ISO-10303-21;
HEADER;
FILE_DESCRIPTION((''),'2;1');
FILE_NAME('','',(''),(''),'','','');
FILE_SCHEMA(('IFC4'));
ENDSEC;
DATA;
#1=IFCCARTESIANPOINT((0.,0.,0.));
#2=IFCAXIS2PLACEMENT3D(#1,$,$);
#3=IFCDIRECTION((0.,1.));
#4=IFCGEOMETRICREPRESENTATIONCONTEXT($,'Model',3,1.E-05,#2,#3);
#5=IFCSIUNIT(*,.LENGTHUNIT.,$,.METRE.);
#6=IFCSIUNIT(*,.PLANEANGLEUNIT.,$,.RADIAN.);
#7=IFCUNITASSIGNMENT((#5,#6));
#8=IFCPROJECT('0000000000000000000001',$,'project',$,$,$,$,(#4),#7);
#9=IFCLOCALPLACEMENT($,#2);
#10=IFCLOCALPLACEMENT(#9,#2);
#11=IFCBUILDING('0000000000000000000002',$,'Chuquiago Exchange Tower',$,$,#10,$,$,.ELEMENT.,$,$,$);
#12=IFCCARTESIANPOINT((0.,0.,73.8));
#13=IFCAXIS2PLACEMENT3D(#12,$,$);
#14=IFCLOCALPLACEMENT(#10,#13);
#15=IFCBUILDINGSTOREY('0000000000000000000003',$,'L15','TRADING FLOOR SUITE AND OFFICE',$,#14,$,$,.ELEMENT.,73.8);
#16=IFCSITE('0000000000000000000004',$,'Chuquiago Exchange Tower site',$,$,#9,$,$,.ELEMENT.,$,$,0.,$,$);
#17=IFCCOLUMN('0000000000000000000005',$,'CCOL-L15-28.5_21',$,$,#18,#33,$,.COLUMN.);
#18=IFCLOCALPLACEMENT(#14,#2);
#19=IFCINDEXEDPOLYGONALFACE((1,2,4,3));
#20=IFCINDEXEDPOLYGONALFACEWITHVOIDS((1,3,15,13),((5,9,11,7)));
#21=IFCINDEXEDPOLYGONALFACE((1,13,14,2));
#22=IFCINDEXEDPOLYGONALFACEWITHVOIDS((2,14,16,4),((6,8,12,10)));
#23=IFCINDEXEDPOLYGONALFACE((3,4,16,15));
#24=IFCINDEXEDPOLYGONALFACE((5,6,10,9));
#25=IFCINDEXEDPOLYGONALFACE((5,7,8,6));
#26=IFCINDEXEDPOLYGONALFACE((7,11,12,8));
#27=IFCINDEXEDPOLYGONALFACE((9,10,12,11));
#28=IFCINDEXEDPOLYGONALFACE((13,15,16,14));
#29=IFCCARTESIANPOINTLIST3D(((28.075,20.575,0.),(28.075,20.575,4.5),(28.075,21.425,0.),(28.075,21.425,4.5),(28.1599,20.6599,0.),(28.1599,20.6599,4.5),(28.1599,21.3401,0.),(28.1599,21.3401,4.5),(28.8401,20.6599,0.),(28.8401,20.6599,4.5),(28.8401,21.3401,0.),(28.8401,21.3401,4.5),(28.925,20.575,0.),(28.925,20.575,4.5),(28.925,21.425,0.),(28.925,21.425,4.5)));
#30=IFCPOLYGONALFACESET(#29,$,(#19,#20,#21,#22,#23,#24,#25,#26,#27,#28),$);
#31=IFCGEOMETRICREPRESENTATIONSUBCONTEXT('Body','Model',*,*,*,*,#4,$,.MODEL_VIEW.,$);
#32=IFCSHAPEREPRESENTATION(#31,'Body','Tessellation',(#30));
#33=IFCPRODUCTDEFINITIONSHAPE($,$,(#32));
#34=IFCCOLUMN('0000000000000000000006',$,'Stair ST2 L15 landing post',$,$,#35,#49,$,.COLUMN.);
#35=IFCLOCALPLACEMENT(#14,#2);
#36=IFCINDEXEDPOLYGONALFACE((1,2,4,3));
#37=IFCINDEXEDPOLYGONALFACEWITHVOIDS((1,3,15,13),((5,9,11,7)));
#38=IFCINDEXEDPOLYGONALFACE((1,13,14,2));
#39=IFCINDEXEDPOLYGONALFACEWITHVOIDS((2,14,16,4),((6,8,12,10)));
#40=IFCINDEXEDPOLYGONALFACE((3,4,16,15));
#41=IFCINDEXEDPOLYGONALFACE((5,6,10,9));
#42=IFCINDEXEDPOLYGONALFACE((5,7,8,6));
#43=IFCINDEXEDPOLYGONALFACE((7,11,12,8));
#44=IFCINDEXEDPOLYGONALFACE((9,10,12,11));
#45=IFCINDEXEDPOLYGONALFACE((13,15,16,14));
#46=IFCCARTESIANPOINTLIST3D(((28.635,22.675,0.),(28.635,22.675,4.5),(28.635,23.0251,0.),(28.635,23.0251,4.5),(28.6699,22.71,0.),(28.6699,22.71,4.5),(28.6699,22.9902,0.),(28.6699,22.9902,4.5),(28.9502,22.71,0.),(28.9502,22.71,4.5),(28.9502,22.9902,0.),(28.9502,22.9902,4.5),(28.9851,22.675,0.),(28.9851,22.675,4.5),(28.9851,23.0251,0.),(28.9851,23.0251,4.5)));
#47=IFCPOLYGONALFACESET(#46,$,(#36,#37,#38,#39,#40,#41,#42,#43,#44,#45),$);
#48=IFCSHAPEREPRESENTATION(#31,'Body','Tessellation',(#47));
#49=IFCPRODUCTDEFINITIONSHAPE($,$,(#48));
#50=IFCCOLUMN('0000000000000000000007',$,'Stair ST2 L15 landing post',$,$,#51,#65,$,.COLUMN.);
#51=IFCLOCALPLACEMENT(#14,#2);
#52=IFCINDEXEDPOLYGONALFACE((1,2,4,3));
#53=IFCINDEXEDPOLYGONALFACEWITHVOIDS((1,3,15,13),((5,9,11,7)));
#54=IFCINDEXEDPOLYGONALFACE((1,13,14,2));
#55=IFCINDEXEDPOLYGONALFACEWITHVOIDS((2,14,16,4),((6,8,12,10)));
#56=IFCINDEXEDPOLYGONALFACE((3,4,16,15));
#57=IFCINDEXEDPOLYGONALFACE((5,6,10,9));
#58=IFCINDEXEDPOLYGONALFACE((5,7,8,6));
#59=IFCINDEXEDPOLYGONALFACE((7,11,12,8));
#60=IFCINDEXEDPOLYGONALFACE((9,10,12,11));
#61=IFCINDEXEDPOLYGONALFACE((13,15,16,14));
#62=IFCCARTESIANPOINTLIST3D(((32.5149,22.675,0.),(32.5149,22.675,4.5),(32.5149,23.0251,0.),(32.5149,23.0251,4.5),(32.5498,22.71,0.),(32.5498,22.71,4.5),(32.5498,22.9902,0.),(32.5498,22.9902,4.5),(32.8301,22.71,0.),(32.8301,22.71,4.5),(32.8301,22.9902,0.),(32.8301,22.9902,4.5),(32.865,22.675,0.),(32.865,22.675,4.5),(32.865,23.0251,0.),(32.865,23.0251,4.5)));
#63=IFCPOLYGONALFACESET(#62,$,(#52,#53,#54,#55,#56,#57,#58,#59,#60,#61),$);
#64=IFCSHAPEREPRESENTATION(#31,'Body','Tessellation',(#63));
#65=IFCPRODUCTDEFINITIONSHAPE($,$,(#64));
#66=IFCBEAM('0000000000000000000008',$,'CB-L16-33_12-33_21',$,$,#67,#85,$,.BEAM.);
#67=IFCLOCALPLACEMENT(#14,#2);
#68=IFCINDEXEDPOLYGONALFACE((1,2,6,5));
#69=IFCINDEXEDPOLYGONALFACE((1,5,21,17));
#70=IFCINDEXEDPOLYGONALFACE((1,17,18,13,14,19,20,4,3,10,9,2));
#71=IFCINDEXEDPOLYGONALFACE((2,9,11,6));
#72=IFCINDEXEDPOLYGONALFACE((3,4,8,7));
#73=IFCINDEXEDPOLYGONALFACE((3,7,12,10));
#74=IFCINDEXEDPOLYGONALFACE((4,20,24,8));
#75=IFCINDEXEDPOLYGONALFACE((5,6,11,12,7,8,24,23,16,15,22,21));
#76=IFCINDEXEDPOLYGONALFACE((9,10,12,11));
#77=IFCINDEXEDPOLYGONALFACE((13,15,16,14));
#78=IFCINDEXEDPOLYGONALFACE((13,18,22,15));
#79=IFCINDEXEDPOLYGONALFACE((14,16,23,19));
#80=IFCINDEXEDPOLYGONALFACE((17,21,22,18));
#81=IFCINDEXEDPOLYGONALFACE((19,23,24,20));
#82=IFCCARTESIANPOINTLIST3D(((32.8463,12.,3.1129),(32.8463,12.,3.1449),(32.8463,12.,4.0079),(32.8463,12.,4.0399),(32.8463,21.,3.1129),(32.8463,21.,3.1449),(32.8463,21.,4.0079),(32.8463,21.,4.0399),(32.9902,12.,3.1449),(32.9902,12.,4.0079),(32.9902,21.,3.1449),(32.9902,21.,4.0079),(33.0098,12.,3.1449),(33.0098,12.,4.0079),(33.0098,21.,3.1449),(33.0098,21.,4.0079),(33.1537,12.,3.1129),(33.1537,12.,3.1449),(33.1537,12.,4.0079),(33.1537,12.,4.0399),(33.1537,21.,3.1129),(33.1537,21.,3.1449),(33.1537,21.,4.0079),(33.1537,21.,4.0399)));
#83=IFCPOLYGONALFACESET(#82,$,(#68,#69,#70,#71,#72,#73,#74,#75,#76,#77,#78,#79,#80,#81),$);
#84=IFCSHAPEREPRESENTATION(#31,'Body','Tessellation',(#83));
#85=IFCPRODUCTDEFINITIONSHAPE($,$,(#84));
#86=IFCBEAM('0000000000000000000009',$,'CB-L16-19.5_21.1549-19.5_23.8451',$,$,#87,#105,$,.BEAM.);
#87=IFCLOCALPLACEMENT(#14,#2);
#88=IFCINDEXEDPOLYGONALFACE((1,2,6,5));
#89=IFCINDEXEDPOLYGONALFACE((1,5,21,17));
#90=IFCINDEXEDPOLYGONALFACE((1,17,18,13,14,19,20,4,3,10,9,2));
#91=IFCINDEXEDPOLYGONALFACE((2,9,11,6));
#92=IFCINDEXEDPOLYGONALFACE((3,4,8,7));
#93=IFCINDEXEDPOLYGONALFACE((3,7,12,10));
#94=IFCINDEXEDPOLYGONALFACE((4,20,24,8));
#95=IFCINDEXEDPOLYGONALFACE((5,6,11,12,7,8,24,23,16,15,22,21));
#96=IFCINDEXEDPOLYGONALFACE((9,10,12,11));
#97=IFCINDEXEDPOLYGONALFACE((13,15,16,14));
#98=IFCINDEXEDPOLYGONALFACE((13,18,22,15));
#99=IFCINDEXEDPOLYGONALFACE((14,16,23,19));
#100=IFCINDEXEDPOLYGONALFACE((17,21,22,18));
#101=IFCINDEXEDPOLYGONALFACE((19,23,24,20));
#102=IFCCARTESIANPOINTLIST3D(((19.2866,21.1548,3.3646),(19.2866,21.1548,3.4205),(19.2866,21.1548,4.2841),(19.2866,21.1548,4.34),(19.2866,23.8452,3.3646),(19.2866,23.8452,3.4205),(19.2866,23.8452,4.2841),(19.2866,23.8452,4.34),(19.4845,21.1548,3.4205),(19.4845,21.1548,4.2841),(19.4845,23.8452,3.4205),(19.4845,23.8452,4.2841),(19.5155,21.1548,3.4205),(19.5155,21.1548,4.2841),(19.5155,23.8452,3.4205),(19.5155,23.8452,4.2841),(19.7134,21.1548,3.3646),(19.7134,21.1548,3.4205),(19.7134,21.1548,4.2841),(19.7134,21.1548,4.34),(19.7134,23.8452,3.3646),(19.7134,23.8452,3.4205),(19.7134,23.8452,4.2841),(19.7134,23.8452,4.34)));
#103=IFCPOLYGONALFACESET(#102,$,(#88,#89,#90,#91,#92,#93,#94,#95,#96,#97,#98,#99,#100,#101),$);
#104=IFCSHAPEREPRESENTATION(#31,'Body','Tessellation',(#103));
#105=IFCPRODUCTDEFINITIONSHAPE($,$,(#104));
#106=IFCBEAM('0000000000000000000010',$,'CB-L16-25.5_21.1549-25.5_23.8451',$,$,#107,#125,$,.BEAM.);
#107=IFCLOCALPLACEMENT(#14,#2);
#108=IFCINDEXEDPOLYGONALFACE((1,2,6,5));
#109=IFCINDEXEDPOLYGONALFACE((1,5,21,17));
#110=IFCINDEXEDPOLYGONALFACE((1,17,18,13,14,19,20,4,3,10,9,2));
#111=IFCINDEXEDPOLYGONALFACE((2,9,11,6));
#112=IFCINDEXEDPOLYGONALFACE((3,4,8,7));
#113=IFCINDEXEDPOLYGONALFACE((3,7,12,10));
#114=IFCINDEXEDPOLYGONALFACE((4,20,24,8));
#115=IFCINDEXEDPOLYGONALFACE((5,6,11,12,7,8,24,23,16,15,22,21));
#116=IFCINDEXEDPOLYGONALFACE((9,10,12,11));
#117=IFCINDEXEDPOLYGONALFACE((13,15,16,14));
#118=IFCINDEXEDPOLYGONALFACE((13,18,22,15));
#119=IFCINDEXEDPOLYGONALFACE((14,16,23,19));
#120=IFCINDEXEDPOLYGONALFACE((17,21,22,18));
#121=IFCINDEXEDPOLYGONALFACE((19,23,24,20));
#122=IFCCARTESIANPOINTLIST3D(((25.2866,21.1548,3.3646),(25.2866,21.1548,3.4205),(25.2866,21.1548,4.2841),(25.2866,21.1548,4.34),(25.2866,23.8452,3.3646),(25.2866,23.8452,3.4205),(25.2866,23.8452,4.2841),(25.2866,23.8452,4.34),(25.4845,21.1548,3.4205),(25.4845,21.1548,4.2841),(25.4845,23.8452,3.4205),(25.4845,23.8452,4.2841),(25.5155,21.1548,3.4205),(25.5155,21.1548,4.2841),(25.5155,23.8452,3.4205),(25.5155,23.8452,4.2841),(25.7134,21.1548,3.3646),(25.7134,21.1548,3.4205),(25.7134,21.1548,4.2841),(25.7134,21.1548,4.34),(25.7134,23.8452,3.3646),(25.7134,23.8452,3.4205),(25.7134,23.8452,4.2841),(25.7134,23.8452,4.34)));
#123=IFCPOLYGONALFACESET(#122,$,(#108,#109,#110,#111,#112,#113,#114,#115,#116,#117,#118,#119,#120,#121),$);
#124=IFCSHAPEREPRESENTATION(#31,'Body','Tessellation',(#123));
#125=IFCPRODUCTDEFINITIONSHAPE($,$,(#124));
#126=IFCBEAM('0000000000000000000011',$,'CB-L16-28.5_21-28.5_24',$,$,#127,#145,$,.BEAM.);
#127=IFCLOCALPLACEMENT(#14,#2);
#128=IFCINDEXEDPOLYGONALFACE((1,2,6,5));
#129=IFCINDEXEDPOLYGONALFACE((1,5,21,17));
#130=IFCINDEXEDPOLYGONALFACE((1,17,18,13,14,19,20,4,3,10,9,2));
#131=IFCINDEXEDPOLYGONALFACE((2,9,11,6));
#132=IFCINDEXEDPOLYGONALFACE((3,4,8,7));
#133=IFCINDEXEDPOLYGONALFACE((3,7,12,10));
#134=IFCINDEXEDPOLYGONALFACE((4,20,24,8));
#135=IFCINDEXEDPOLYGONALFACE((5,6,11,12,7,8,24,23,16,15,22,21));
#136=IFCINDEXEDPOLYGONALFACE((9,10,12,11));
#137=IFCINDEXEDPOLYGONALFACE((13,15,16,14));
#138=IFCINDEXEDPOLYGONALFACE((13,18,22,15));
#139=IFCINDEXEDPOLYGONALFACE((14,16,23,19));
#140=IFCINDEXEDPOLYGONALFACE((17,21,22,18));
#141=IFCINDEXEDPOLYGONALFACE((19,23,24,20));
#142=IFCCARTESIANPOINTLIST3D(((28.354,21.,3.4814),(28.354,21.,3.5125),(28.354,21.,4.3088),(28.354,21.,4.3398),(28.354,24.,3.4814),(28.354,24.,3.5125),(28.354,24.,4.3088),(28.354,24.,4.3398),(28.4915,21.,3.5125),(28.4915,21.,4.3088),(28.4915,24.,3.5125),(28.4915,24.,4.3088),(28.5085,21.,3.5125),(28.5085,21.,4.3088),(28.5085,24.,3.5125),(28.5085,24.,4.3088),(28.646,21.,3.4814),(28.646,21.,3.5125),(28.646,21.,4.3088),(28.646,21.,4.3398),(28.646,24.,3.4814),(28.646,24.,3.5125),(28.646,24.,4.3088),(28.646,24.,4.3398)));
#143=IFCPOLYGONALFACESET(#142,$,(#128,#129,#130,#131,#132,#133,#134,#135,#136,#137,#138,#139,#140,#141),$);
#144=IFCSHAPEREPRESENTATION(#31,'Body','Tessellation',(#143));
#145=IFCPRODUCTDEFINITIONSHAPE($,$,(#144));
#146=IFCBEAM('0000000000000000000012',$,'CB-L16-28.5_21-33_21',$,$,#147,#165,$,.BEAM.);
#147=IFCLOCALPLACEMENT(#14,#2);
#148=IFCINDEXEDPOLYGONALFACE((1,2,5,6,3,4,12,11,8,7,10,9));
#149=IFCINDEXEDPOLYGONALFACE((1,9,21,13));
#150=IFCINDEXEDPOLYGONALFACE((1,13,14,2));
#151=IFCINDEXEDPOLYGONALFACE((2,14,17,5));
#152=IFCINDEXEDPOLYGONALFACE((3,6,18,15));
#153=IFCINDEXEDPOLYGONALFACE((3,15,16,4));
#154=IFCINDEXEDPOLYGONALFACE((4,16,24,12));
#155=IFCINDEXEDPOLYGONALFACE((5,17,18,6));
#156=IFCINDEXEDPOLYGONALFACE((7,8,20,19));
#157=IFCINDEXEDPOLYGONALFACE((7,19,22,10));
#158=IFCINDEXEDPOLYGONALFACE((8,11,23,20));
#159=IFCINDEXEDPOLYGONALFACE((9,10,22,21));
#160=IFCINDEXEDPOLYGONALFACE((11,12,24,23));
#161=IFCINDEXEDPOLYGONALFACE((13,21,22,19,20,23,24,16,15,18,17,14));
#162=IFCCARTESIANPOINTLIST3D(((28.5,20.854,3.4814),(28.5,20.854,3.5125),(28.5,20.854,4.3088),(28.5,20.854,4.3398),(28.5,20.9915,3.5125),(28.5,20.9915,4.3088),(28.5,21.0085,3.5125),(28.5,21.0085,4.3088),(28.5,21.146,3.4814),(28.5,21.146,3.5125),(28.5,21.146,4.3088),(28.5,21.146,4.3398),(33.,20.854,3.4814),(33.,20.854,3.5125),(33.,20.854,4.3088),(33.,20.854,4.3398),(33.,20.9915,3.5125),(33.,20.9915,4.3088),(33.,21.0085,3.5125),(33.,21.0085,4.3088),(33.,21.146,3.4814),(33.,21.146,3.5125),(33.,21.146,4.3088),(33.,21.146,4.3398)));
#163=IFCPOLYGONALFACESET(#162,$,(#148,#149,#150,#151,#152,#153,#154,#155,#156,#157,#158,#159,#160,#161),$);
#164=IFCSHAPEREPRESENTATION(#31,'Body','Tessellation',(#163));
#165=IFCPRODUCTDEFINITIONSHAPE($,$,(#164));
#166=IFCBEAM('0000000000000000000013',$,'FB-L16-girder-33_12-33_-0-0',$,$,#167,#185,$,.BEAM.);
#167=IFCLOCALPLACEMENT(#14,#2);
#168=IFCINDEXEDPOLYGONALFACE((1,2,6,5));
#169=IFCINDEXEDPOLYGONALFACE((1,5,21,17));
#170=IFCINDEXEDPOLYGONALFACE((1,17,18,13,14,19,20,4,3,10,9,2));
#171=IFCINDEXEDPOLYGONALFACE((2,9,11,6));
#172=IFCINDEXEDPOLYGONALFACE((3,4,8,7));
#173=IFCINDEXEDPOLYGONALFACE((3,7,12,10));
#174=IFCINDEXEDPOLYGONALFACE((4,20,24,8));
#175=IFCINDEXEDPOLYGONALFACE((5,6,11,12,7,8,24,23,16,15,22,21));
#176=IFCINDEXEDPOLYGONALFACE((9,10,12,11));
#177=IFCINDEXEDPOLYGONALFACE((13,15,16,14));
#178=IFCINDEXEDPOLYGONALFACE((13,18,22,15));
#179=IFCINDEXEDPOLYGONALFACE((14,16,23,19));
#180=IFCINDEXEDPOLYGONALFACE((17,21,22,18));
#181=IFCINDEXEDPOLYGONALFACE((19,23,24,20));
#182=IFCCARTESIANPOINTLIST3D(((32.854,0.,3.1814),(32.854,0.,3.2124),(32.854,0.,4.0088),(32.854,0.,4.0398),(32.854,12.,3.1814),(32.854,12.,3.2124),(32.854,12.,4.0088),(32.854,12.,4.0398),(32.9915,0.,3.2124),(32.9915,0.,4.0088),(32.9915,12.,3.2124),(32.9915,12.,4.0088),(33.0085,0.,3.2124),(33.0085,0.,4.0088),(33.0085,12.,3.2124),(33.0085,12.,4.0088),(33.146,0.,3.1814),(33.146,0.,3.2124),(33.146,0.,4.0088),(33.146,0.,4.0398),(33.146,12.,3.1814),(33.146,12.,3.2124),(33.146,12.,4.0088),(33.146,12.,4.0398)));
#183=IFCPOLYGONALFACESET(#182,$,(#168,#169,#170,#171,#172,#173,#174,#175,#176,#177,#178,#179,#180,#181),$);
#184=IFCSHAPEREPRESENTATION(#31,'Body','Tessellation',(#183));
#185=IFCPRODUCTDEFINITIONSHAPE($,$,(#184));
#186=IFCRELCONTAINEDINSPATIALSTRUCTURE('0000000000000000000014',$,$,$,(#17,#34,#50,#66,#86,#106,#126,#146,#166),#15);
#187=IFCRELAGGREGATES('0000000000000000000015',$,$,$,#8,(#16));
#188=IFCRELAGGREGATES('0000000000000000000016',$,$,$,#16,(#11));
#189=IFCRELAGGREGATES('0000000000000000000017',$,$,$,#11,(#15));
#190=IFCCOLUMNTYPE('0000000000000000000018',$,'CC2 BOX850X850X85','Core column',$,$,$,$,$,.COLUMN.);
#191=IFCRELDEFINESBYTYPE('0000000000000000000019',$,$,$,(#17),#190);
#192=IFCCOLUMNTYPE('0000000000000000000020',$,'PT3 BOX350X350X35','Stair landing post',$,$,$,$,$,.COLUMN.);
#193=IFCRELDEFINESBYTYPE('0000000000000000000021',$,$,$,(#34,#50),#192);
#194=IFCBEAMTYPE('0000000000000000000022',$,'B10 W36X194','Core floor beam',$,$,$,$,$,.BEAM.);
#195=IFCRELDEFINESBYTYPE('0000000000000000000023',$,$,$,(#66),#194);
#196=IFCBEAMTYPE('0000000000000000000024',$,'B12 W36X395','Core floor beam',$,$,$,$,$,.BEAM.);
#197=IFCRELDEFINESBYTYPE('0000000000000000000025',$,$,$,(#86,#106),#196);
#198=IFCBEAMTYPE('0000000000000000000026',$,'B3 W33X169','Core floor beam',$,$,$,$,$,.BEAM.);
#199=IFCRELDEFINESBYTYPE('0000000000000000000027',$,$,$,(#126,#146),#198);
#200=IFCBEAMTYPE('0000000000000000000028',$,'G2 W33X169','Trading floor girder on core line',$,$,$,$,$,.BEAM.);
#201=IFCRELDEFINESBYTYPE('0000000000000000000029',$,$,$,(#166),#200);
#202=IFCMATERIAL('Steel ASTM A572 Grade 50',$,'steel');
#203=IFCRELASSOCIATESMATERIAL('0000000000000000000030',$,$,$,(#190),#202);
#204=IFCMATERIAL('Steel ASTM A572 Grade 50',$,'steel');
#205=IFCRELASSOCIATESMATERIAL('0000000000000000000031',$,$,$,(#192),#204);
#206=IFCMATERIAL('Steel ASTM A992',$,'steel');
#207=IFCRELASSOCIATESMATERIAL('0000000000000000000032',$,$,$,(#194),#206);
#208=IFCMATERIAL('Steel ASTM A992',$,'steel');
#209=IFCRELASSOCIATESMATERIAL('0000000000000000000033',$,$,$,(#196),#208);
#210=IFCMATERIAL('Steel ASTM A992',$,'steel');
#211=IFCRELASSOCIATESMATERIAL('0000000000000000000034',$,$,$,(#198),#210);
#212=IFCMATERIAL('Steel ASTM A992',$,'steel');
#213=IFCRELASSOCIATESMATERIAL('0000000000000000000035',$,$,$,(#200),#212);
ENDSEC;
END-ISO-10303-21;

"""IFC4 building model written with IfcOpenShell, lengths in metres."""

from ifc_helpers import new_model, si_unit, direction, frame, origin, origin_2d, place, context, subcontext, project, spatial, hollow_rectangle, i_section, extrude, material, material_profile, profile_set, type_object, element, save


model = new_model("IFC4")

# Units and contexts
model_context = context("Model", 3, precision=1e-05, world=origin(), true_north=direction((0.0, 1.0)))
body_context = subcontext(model_context, "Body", "Model", "MODEL_VIEW")
ifc_project = project(units=[si_unit("LENGTHUNIT", "METRE"), si_unit("PLANEANGLEUNIT", "RADIAN")], contexts=[model_context])

# Site, building, storey
site_placement = place(None, origin())
site = spatial("IfcSite", under=ifc_project, at=site_placement, Name="Chuquiago Exchange Tower site", CompositionType="ELEMENT", RefElevation=0.0)
building_placement = place(site_placement, origin())
building = spatial("IfcBuilding", under=site, at=building_placement, Name="Chuquiago Exchange Tower", CompositionType="ELEMENT")
storey_placement = place(building_placement, frame((0.0, 0.0, 73.8)))
storey = spatial("IfcBuildingStorey", under=building, at=storey_placement, Name="L15", Description="TRADING FLOOR SUITE AND OFFICE", CompositionType="ELEMENT", Elevation=73.8)

# Columns
ifc_material_1 = material(Name="Steel ASTM A572 Grade 50", Category="steel")
ifc_material_profile_1 = material_profile(ifc_material_1, hollow_rectangle(XDim=0.8501, YDim=0.8501, WallThickness=0.085, at=origin_2d()), Name="BOX850X850X85")
ifc_profile_set_1 = profile_set([ifc_material_profile_1], Name="Steel ASTM A572 Grade 50")
column_type_1 = type_object("IfcColumnType", Name="CC2 BOX850X850X85", Description="Core column", PredefinedType="COLUMN", material=ifc_profile_set_1)
column_placement = place(storey_placement, frame((28.5, 21.0, 0.0), z_axis=(0.0, 0.0, 1.0), x_axis=(1.0, 0.0, 0.0)))
element("IfcColumn", 1, at=column_placement, inside=storey, type_object=column_type_1, Name="CCOL-L15-28.5_21", PredefinedType="COLUMN", context=body_context, shape_type="SweptSolid", body=[
    extrude(hollow_rectangle(XDim=0.8501, YDim=0.8501, WallThickness=0.085, at=origin_2d()), origin(), (0.0, 0.0, 1.0), 4.5),
])
ifc_material_2 = material(Name="Steel ASTM A572 Grade 50", Category="steel")
ifc_material_profile_2 = material_profile(ifc_material_2, hollow_rectangle(XDim=0.3501, YDim=0.3501, WallThickness=0.0349, at=origin_2d()), Name="BOX350X350X35")
ifc_profile_set_2 = profile_set([ifc_material_profile_2], Name="Steel ASTM A572 Grade 50")
column_type_2 = type_object("IfcColumnType", Name="PT3 BOX350X350X35", Description="Stair landing post", PredefinedType="COLUMN", material=ifc_profile_set_2)
for number, where, z_axis, x_axis, name in (
    (2, (28.8101, 22.8501, 0.0), (0.0, 0.0, 1.0), (1.0, 0.0, 0.0), "Stair ST2 L15 landing post"),
    (3, (32.6899, 22.8501, 0.0), (0.0, 0.0, 1.0), (1.0, 0.0, 0.0), "Stair ST2 L15 landing post"),
):
    element("IfcColumn", number, at=place(storey_placement, frame(where, z_axis=z_axis, x_axis=x_axis)), inside=storey, type_object=column_type_2, Name=name, PredefinedType="COLUMN", context=body_context, shape_type="SweptSolid", body=[
        extrude(hollow_rectangle(XDim=0.3501, YDim=0.3501, WallThickness=0.0349, at=origin_2d()), origin(), (0.0, 0.0, 1.0), 4.5),
    ])

# Beams
ifc_material_3 = material(Name="Steel ASTM A992", Category="steel")
ifc_material_profile_3 = material_profile(ifc_material_3, i_section(OverallWidth=0.3074, OverallDepth=0.927, WebThickness=0.0195, FlangeThickness=0.032, at=origin_2d()), Name="W36X194")
ifc_profile_set_3 = profile_set([ifc_material_profile_3], Name="Steel ASTM A992")
beam_type_1 = type_object("IfcBeamType", Name="B10 W36X194", Description="Core floor beam", PredefinedType="BEAM", material=ifc_profile_set_3)
beam_1_placement = place(storey_placement, frame((33.0, 12.0, 3.5764), z_axis=(0.0, 1.0, 0.0), x_axis=(-1.0, 0.0, 0.0)))
element("IfcBeam", 4, at=beam_1_placement, inside=storey, type_object=beam_type_1, Name="CB-L16-33_12-33_21", PredefinedType="BEAM", context=body_context, shape_type="SweptSolid", body=[
    extrude(i_section(OverallWidth=0.3074, OverallDepth=0.927, WebThickness=0.0195, FlangeThickness=0.032, at=origin_2d()), origin(), (0.0, 0.0, 1.0), 9.0),
])
ifc_material_4 = material(Name="Steel ASTM A992", Category="steel")
ifc_material_profile_4 = material_profile(ifc_material_4, i_section(OverallWidth=0.4268, OverallDepth=0.9753, WebThickness=0.031, FlangeThickness=0.0559, at=origin_2d()), Name="W36X395")
ifc_profile_set_4 = profile_set([ifc_material_profile_4], Name="Steel ASTM A992")
beam_type_2 = type_object("IfcBeamType", Name="B12 W36X395", Description="Core floor beam", PredefinedType="BEAM", material=ifc_profile_set_4)
for number, where, z_axis, x_axis, name in (
    (5, (19.5, 21.1548, 3.8523), (0.0, 1.0, 0.0), (-1.0, 0.0, 0.0), "CB-L16-19.5_21.1549-19.5_23.8451"),
    (6, (25.5, 21.1548, 3.8523), (0.0, 1.0, 0.0), (-1.0, 0.0, 0.0), "CB-L16-25.5_21.1549-25.5_23.8451"),
):
    element("IfcBeam", number, at=place(storey_placement, frame(where, z_axis=z_axis, x_axis=x_axis)), inside=storey, type_object=beam_type_2, Name=name, PredefinedType="BEAM", context=body_context, shape_type="SweptSolid", body=[
        extrude(i_section(OverallWidth=0.4268, OverallDepth=0.9753, WebThickness=0.031, FlangeThickness=0.0559, at=origin_2d()), origin(), (0.0, 0.0, 1.0), 2.6904),
    ])
ifc_material_5 = material(Name="Steel ASTM A992", Category="steel")
ifc_material_profile_5 = material_profile(ifc_material_5, i_section(OverallWidth=0.292, OverallDepth=0.8584, WebThickness=0.0171, FlangeThickness=0.031, at=origin_2d()), Name="W33X169")
ifc_profile_set_5 = profile_set([ifc_material_profile_5], Name="Steel ASTM A992")
beam_type_3 = type_object("IfcBeamType", Name="B3 W33X169", Description="Core floor beam", PredefinedType="BEAM", material=ifc_profile_set_5)
beam_2_placement = place(storey_placement, frame((28.5, 21.0, 3.9106), z_axis=(0.0, 1.0, 0.0), x_axis=(-1.0, 0.0, 0.0)))
element("IfcBeam", 7, at=beam_2_placement, inside=storey, type_object=beam_type_3, Name="CB-L16-28.5_21-28.5_24", PredefinedType="BEAM", context=body_context, shape_type="SweptSolid", body=[
    extrude(i_section(OverallWidth=0.292, OverallDepth=0.8584, WebThickness=0.0171, FlangeThickness=0.031, at=origin_2d()), origin(), (0.0, 0.0, 1.0), 3.0),
])
beam_3_placement = place(storey_placement, frame((28.5, 21.0, 3.9106), z_axis=(1.0, 0.0, 0.0), x_axis=(0.0, 1.0, 0.0)))
element("IfcBeam", 8, at=beam_3_placement, inside=storey, type_object=beam_type_3, Name="CB-L16-28.5_21-33_21", PredefinedType="BEAM", context=body_context, shape_type="SweptSolid", body=[
    extrude(i_section(OverallWidth=0.292, OverallDepth=0.8584, WebThickness=0.0171, FlangeThickness=0.031, at=origin_2d()), origin(), (0.0, 0.0, 1.0), 4.5),
])
ifc_material_6 = material(Name="Steel ASTM A992", Category="steel")
ifc_material_profile_6 = material_profile(ifc_material_6, i_section(OverallWidth=0.292, OverallDepth=0.8584, WebThickness=0.0171, FlangeThickness=0.031, at=origin_2d()), Name="W33X169")
ifc_profile_set_6 = profile_set([ifc_material_profile_6], Name="Steel ASTM A992")
beam_type_4 = type_object("IfcBeamType", Name="G2 W33X169", Description="Trading floor girder on core line", PredefinedType="BEAM", material=ifc_profile_set_6)
for number, where, z_axis, x_axis, name in (
    (9, (33.0, 12.0, 3.6106), (0.0, -1.0, 0.0), (1.0, 0.0, 0.0), "FB-L16-girder-33_12-33_-0-0"),
):
    element("IfcBeam", number, at=place(storey_placement, frame(where, z_axis=z_axis, x_axis=x_axis)), inside=storey, type_object=beam_type_4, Name=name, PredefinedType="BEAM", context=body_context, shape_type="SweptSolid", body=[
        extrude(i_section(OverallWidth=0.292, OverallDepth=0.8584, WebThickness=0.0171, FlangeThickness=0.031, at=origin_2d()), origin(), (0.0, 0.0, 1.0), 12.0),
    ])

save(model, "model.ifc")
